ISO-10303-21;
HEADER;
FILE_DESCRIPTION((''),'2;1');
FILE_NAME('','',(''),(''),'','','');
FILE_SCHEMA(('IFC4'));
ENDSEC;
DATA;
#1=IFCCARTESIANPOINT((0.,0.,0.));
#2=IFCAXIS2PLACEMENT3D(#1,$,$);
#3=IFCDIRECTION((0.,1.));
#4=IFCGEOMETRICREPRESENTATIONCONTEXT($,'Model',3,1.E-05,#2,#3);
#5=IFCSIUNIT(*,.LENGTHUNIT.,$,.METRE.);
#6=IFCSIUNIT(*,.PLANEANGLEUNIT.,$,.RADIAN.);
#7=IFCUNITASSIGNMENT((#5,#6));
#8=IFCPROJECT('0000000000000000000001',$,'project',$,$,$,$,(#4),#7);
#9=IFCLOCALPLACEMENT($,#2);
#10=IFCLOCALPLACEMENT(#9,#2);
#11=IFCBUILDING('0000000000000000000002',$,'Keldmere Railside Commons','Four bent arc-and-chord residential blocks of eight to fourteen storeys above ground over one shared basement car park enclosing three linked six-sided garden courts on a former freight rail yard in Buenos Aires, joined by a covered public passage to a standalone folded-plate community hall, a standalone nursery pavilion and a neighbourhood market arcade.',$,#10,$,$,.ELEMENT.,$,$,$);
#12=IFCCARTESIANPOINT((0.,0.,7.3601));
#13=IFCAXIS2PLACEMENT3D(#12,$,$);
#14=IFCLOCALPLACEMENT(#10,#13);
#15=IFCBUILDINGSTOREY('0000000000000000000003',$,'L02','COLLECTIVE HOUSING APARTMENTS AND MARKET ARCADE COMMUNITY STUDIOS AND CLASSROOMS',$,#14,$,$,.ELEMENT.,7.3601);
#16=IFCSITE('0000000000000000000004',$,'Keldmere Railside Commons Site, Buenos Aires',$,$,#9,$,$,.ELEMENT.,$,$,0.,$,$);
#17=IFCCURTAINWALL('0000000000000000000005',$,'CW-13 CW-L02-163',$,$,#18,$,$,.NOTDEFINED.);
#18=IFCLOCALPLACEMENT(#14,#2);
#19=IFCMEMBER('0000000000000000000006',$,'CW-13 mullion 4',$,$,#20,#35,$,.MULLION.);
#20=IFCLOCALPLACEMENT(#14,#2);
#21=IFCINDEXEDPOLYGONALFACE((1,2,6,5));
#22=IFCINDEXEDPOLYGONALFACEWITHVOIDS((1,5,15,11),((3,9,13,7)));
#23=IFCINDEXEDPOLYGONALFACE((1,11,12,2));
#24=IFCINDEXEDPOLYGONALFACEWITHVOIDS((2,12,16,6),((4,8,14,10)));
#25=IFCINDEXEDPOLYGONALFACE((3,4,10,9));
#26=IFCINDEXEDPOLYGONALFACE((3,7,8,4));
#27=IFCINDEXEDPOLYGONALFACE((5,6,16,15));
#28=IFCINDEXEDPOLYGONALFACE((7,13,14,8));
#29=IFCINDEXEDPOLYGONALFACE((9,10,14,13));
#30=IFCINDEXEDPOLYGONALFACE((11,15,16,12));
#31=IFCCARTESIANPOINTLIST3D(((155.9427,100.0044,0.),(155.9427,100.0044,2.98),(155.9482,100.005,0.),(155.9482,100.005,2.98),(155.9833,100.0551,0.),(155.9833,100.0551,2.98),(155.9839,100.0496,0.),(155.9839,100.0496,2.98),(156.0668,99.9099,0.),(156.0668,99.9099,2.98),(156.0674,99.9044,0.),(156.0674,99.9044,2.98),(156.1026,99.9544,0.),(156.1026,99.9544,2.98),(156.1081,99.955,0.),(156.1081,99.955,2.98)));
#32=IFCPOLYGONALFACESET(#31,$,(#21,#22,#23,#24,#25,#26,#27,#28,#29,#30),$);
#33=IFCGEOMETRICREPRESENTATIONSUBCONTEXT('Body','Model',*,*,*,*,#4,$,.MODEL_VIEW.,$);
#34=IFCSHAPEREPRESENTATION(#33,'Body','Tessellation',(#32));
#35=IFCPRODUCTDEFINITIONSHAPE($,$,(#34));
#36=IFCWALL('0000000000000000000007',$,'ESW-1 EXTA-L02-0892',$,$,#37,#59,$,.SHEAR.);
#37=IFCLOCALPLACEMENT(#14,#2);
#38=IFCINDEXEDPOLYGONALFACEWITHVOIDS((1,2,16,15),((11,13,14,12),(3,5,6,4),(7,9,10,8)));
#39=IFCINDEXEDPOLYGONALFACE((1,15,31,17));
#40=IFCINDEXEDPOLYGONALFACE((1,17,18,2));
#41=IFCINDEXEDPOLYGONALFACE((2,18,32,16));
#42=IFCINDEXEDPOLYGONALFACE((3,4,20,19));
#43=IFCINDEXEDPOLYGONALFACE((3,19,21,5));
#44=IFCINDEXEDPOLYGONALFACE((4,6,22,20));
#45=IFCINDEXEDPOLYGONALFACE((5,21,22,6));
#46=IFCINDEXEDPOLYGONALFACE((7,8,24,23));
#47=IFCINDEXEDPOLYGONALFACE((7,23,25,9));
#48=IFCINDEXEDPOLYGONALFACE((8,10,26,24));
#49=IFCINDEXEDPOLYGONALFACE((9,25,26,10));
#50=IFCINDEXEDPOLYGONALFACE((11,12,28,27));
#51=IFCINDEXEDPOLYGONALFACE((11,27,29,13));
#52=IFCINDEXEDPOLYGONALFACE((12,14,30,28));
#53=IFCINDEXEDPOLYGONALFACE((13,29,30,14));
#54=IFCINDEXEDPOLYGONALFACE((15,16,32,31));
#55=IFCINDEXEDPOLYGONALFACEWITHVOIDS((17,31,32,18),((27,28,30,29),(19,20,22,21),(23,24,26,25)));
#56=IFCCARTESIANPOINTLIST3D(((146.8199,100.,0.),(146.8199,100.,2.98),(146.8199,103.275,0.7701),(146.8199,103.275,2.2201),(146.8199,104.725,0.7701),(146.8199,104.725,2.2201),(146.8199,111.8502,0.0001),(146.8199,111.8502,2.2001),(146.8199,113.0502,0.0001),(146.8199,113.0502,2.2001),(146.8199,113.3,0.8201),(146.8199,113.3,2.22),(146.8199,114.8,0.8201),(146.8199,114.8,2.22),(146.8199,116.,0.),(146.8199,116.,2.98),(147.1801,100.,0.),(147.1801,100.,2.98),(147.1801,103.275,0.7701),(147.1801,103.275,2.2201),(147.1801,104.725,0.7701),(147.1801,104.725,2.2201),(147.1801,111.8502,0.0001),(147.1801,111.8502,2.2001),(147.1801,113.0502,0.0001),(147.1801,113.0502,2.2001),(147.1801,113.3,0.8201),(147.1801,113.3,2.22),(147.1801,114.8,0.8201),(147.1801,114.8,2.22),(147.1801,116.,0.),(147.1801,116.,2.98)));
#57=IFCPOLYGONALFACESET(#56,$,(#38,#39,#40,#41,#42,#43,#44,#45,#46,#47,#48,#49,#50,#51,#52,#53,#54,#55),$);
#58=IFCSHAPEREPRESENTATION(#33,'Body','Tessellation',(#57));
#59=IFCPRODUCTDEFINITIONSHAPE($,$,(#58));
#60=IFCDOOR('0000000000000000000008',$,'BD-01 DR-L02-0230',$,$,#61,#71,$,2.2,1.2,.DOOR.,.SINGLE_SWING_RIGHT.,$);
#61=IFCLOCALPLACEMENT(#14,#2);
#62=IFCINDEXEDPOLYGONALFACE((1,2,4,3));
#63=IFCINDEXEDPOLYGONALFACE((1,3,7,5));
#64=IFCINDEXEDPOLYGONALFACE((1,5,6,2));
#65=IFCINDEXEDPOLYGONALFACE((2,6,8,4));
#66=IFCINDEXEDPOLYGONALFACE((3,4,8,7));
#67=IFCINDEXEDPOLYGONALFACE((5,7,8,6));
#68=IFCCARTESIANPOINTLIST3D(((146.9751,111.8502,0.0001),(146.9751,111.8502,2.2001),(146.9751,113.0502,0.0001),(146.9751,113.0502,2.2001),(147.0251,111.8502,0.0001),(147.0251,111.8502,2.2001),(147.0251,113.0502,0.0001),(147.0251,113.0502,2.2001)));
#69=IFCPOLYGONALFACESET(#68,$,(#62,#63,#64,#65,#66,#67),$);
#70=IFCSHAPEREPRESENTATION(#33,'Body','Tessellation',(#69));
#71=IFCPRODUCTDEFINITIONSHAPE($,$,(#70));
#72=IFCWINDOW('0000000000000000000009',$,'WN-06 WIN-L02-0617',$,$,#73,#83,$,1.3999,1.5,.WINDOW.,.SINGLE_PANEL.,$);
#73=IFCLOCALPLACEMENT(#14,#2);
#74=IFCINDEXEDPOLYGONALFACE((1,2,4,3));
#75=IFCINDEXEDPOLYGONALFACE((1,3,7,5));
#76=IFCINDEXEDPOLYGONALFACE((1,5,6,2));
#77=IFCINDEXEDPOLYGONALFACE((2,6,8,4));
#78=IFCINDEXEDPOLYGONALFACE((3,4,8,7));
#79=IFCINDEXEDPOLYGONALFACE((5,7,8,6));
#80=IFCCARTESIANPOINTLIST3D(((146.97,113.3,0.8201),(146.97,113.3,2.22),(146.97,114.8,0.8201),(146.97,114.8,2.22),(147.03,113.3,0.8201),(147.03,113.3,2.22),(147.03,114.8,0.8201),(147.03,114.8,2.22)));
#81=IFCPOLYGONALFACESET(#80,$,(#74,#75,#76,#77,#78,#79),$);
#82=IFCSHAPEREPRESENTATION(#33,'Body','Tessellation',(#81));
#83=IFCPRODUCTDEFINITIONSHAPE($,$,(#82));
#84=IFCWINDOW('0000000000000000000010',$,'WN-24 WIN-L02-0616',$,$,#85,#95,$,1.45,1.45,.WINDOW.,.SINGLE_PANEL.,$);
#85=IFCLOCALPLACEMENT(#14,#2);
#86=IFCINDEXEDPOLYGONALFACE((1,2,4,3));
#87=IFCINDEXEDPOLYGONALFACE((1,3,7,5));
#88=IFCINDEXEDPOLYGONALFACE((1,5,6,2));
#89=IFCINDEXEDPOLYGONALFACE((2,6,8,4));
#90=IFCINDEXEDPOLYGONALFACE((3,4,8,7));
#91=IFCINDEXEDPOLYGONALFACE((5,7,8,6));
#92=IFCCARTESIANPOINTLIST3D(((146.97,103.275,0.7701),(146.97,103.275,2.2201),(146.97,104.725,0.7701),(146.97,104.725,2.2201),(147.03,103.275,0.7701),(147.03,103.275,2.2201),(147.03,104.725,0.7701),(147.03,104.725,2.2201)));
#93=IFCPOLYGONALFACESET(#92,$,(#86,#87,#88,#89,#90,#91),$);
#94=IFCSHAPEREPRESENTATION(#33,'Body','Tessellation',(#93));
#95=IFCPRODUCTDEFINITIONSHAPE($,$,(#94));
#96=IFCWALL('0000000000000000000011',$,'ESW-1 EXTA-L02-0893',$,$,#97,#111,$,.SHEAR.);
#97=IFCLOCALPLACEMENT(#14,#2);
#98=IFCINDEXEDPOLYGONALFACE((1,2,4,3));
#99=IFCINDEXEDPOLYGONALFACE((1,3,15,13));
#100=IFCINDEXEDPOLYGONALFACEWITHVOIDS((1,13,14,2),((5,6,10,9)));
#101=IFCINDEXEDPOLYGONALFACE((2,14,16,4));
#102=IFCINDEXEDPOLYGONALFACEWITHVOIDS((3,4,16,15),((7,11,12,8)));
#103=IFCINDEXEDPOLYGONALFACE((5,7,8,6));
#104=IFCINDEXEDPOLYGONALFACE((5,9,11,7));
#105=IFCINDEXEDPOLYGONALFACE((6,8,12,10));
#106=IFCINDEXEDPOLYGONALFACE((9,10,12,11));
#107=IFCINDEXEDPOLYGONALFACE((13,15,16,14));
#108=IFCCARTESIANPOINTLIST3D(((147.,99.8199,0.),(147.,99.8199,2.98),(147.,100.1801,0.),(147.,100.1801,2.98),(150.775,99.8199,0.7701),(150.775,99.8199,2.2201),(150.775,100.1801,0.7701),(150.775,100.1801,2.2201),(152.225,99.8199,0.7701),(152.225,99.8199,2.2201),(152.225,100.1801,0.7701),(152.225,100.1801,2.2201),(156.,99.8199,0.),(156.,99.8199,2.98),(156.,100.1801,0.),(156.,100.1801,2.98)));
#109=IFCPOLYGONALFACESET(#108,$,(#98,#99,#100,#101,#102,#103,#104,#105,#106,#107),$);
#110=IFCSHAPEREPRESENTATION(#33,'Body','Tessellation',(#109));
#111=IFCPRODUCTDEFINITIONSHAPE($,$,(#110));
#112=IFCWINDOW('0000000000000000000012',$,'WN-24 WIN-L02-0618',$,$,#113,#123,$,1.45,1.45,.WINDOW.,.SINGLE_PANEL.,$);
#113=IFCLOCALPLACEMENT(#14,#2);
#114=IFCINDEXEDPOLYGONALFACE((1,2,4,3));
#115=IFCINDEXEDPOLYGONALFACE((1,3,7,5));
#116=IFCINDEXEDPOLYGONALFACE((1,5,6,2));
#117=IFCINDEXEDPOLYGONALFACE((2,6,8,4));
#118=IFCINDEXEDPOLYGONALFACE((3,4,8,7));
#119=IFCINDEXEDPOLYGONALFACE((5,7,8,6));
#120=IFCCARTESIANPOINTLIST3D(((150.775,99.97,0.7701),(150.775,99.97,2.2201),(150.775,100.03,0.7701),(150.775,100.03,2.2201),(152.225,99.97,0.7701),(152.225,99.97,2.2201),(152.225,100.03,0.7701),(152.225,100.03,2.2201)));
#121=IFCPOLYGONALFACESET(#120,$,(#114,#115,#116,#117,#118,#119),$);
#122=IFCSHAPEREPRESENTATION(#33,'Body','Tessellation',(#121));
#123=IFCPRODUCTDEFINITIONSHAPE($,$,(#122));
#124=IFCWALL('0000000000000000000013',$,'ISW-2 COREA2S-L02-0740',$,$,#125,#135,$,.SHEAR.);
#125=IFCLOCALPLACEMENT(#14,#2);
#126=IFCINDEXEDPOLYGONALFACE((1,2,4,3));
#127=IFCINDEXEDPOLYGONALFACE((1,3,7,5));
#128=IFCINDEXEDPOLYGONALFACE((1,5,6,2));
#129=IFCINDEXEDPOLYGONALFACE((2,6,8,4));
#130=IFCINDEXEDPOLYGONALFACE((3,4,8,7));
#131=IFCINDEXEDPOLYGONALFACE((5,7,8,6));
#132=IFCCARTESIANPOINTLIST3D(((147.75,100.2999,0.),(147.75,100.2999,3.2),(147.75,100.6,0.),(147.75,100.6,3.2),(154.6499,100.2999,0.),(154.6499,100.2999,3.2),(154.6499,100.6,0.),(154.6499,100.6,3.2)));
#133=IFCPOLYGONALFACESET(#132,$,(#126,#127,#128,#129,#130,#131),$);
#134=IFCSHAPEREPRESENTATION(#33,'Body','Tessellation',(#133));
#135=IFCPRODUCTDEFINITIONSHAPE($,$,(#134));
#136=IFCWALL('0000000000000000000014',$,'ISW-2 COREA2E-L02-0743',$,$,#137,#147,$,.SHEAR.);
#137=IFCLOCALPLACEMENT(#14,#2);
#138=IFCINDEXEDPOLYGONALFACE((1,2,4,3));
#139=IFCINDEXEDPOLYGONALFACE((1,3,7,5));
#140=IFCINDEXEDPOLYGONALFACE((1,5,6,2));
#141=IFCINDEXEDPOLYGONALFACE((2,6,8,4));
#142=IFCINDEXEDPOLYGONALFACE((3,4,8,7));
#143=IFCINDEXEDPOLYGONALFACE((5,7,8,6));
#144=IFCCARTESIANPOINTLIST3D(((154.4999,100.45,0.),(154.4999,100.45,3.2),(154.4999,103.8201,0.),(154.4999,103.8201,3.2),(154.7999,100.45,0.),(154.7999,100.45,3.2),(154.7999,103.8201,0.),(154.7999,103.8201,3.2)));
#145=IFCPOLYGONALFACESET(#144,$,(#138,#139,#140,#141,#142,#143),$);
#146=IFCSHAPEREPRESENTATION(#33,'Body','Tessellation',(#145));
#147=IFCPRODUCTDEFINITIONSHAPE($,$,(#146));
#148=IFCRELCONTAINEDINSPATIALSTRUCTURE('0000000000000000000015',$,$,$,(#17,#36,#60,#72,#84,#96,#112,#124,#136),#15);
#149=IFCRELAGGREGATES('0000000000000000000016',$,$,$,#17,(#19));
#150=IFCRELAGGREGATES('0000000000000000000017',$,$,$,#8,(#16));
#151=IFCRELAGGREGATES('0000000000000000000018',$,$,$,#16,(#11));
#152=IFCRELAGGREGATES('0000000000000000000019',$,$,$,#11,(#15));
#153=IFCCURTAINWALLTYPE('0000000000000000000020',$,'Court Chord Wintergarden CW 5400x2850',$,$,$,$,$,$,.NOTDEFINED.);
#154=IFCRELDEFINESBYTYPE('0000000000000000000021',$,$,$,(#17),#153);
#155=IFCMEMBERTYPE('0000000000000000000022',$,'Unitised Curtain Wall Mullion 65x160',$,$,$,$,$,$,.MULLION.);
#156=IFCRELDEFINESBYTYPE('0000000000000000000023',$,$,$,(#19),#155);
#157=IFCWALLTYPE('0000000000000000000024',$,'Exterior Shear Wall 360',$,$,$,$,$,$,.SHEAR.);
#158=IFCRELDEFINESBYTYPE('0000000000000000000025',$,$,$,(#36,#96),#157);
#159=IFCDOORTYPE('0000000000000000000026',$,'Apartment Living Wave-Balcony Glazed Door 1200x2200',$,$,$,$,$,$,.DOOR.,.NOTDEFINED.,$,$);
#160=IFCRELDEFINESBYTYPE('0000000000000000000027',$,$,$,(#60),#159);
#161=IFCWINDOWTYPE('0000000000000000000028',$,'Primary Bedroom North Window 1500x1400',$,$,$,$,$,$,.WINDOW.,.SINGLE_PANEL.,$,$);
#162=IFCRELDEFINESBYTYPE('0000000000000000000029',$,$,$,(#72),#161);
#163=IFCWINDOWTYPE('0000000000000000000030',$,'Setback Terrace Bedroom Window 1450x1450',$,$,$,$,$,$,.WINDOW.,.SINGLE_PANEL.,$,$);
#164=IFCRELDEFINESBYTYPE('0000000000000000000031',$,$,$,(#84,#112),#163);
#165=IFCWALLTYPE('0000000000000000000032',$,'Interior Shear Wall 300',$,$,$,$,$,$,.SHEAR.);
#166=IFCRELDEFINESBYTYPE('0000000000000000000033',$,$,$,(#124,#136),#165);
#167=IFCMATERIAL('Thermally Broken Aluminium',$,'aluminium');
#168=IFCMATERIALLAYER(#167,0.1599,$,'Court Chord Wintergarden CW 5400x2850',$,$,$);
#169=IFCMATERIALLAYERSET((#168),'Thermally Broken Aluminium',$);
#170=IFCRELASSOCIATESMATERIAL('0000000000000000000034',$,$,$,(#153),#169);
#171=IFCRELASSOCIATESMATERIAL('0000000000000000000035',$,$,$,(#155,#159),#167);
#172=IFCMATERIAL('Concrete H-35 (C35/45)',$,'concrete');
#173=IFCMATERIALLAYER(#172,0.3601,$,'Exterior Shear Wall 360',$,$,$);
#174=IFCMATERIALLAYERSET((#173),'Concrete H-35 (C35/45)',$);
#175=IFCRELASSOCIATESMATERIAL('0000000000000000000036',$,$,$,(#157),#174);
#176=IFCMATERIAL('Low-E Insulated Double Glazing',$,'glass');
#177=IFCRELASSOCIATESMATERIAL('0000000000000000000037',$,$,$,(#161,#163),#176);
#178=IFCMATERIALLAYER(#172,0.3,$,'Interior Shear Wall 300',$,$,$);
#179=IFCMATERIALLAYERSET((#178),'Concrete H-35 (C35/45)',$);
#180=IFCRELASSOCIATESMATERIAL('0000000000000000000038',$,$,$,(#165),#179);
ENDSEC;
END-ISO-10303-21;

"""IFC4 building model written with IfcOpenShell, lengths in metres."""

from ifc_helpers import new_model, si_unit, direction, frame, frame_2d, origin, origin_2d, place, context, subcontext, project, spatial, rectangle, hollow_rectangle, extrude, material, layer, layer_set, material_profile, profile_set, type_object, element, fill, aggregate, save


model = new_model("IFC4")

# Units and contexts
model_context = context("Model", 3, precision=1e-05, world=origin(), true_north=direction((0.0, 1.0)))
body_context = subcontext(model_context, "Body", "Model", "MODEL_VIEW")
ifc_project = project(units=[si_unit("LENGTHUNIT", "METRE"), si_unit("PLANEANGLEUNIT", "RADIAN")], contexts=[model_context])

# Site, building, storey
site_placement = place(None, origin())
site = spatial("IfcSite", under=ifc_project, at=site_placement, Name="Keldmere Railside Commons Site, Buenos Aires", CompositionType="ELEMENT", RefElevation=0.0)
building_placement = place(site_placement, origin())
building = spatial("IfcBuilding", under=site, at=building_placement, Name="Keldmere Railside Commons", Description="Four bent arc-and-chord residential blocks of eight to fourteen storeys above ground over one shared basement car park enclosing three linked six-sided garden courts on a former freight rail yard in Buenos Aires, joined by a covered public passage to a standalone folded-plate community hall, a standalone nursery pavilion and a neighbourhood market arcade.", CompositionType="ELEMENT")
storey_placement = place(building_placement, frame((0.0, 0.0, 7.3601)))
storey = spatial("IfcBuildingStorey", under=building, at=storey_placement, Name="L02", Description="COLLECTIVE HOUSING APARTMENTS AND MARKET ARCADE COMMUNITY STUDIOS AND CLASSROOMS", CompositionType="ELEMENT", Elevation=7.3601)

# Curtain wall, member
ifc_material_1 = material(Name="Thermally Broken Aluminium", Category="aluminium")
ifc_layer_1 = layer(ifc_material_1, 0.1599, Name="Court Chord Wintergarden CW 5400x2850")
ifc_layer_set_1 = layer_set([ifc_layer_1], Name="Thermally Broken Aluminium")
curtain_wall_type = type_object("IfcCurtainWallType", Name="Court Chord Wintergarden CW 5400x2850", PredefinedType="NOTDEFINED", material=ifc_layer_set_1)
curtain_wall_placement = place(storey_placement, origin())
curtain_wall = element("IfcCurtainWall", 1, at=curtain_wall_placement, inside=storey, type_object=curtain_wall_type, Name="CW-13 CW-L02-163", PredefinedType="NOTDEFINED")
ifc_material_profile = material_profile(ifc_material_1, hollow_rectangle(XDim=0.0649, YDim=0.1599, WallThickness=0.0039, at=origin_2d()), Name="ALU-MULL-65x160")
ifc_profile_set = profile_set([ifc_material_profile], Name="Thermally Broken Aluminium")
member_type = type_object("IfcMemberType", Name="Unitised Curtain Wall Mullion 65x160", PredefinedType="MULLION", material=ifc_profile_set)
member_placement = place(storey_placement, frame((156.0254, 99.9797, 0.0), z_axis=(0.0, 0.0, 1.0), x_axis=(-0.625768, -0.780009, 0.0)))
member = element("IfcMember", 2, at=member_placement, type_object=member_type, Name="CW-13 mullion 4", PredefinedType="MULLION", context=body_context, shape_type="SweptSolid", body=[
    extrude(hollow_rectangle(XDim=0.0649, YDim=0.1599, WallThickness=0.0039, at=origin_2d()), origin(), (0.0, 0.0, 1.0), 2.98),
])
aggregate(curtain_wall, [member])

# Wall, openings, door, windows
ifc_material_2 = material(Name="Concrete H-35 (C35/45)", Category="concrete")
ifc_layer_2 = layer(ifc_material_2, 0.3601, Name="Exterior Shear Wall 360")
ifc_layer_set_2 = layer_set([ifc_layer_2], Name="Concrete H-35 (C35/45)")
wall_type_1 = type_object("IfcWallType", Name="Exterior Shear Wall 360", PredefinedType="SHEAR", material=ifc_layer_set_2)
wall_1_placement = place(storey_placement, frame((147.0, 100.0, 0.0), z_axis=(0.0, 0.0, 1.0), x_axis=(0.0, 1.0, 0.0)))
wall_1 = element("IfcWall", 3, at=wall_1_placement, inside=storey, type_object=wall_type_1, Name="ESW-1 EXTA-L02-0892", PredefinedType="SHEAR", context=body_context, shape_type="SweptSolid", body=[
    extrude(rectangle(XDim=16.0, YDim=0.3601, at=frame_2d((8.0, 0.0))), origin(), (0.0, 0.0, 1.0), 2.98),
])
opening_1_placement = place(wall_1_placement, frame((3.2749, 0.0, 0.77)))
opening_1 = element("IfcOpeningElement", 4, at=opening_1_placement, cuts=wall_1, PredefinedType="OPENING", context=body_context, shape_type="SweptSolid", body=[
    extrude(rectangle(XDim=1.45, YDim=1.45, at=frame_2d((0.7251, 0.7251))), frame((0.0, 0.1899, 0.0), z_axis=(0.0, -1.0, 0.0), x_axis=(1.0, 0.0, 0.0)), (0.0, 0.0, 1.0), 0.3801),
])
opening_2_placement = place(wall_1_placement, frame((11.8501, 0.0, 0.0)))
opening_2 = element("IfcOpeningElement", 5, at=opening_2_placement, cuts=wall_1, PredefinedType="OPENING", context=body_context, shape_type="SweptSolid", body=[
    extrude(rectangle(XDim=1.2, YDim=2.2, at=frame_2d((0.6001, 1.1001))), frame((0.0, 0.1899, 0.0), z_axis=(0.0, -1.0, 0.0), x_axis=(1.0, 0.0, 0.0)), (0.0, 0.0, 1.0), 0.3801),
])
opening_3_placement = place(wall_1_placement, frame((13.3, 0.0, 0.8201)))
opening_3 = element("IfcOpeningElement", 6, at=opening_3_placement, cuts=wall_1, PredefinedType="OPENING", context=body_context, shape_type="SweptSolid", body=[
    extrude(rectangle(XDim=1.5, YDim=1.3999, at=frame_2d((0.75, 0.7))), frame((0.0, 0.1899, 0.0), z_axis=(0.0, -1.0, 0.0), x_axis=(1.0, 0.0, 0.0)), (0.0, 0.0, 1.0), 0.3801),
])
door_type = type_object("IfcDoorType", Name="Apartment Living Wave-Balcony Glazed Door 1200x2200", OperationType="NOTDEFINED", PredefinedType="DOOR", material=ifc_material_1)
door_placement = place(opening_2_placement, origin())
door = element("IfcDoor", 7, at=door_placement, inside=storey, type_object=door_type, Name="BD-01 DR-L02-0230", OperationType="SINGLE_SWING_RIGHT", OverallHeight=2.2, OverallWidth=1.2, PredefinedType="DOOR", context=body_context, shape_type="SweptSolid", body=[
    extrude(rectangle(XDim=1.2, YDim=2.2, at=frame_2d((0.6001, 1.1001))), frame((0.0, 0.0249, 0.0), z_axis=(0.0, -1.0, 0.0), x_axis=(1.0, 0.0, 0.0)), (0.0, 0.0, 1.0), 0.05),
])
fill(opening_2, door)
ifc_material_3 = material(Name="Low-E Insulated Double Glazing", Category="glass")
window_type_1 = type_object("IfcWindowType", Name="Primary Bedroom North Window 1500x1400", PartitioningType="SINGLE_PANEL", PredefinedType="WINDOW", material=ifc_material_3)
window_1_placement = place(opening_3_placement, origin())
window_1 = element("IfcWindow", 8, at=window_1_placement, inside=storey, type_object=window_type_1, Name="WN-06 WIN-L02-0617", OverallHeight=1.3999, OverallWidth=1.5, PartitioningType="SINGLE_PANEL", PredefinedType="WINDOW", context=body_context, shape_type="SweptSolid", body=[
    extrude(rectangle(XDim=1.5, YDim=1.3999, at=frame_2d((0.75, 0.7))), frame((0.0, 0.03, 0.0), z_axis=(0.0, -1.0, 0.0), x_axis=(1.0, 0.0, 0.0)), (0.0, 0.0, 1.0), 0.0601),
])
fill(opening_3, window_1)
window_type_2 = type_object("IfcWindowType", Name="Setback Terrace Bedroom Window 1450x1450", PartitioningType="SINGLE_PANEL", PredefinedType="WINDOW", material=ifc_material_3)
window_2_placement = place(opening_1_placement, origin())
window_2 = element("IfcWindow", 9, at=window_2_placement, inside=storey, type_object=window_type_2, Name="WN-24 WIN-L02-0616", OverallHeight=1.45, OverallWidth=1.45, PartitioningType="SINGLE_PANEL", PredefinedType="WINDOW", context=body_context, shape_type="SweptSolid", body=[
    extrude(rectangle(XDim=1.45, YDim=1.45, at=frame_2d((0.7251, 0.7251))), frame((0.0, 0.03, 0.0), z_axis=(0.0, -1.0, 0.0), x_axis=(1.0, 0.0, 0.0)), (0.0, 0.0, 1.0), 0.0601),
])
fill(opening_1, window_2)

# Wall, opening, window
wall_2_placement = place(storey_placement, frame((156.0, 100.0, 0.0), z_axis=(0.0, 0.0, 1.0), x_axis=(-1.0, 0.0, 0.0)))
wall_2 = element("IfcWall", 10, at=wall_2_placement, inside=storey, type_object=wall_type_1, Name="ESW-1 EXTA-L02-0893", PredefinedType="SHEAR", context=body_context, shape_type="SweptSolid", body=[
    extrude(rectangle(XDim=9.0, YDim=0.3601, at=frame_2d((4.5, 0.0))), origin(), (0.0, 0.0, 1.0), 2.98),
])
opening_4_placement = place(wall_2_placement, frame((3.7749, 0.0, 0.77)))
opening_4 = element("IfcOpeningElement", 11, at=opening_4_placement, cuts=wall_2, PredefinedType="OPENING", context=body_context, shape_type="SweptSolid", body=[
    extrude(rectangle(XDim=1.45, YDim=1.45, at=frame_2d((0.7251, 0.7251))), frame((0.0, 0.1899, 0.0), z_axis=(0.0, -1.0, 0.0), x_axis=(1.0, 0.0, 0.0)), (0.0, 0.0, 1.0), 0.3801),
])
window_3_placement = place(opening_4_placement, origin())
window_3 = element("IfcWindow", 12, at=window_3_placement, inside=storey, type_object=window_type_2, Name="WN-24 WIN-L02-0618", OverallHeight=1.45, OverallWidth=1.45, PartitioningType="SINGLE_PANEL", PredefinedType="WINDOW", context=body_context, shape_type="SweptSolid", body=[
    extrude(rectangle(XDim=1.45, YDim=1.45, at=frame_2d((0.7251, 0.7251))), frame((0.0, 0.03, 0.0), z_axis=(0.0, -1.0, 0.0), x_axis=(1.0, 0.0, 0.0)), (0.0, 0.0, 1.0), 0.0601),
])
fill(opening_4, window_3)

# Walls
ifc_layer_3 = layer(ifc_material_2, 0.3, Name="Interior Shear Wall 300")
ifc_layer_set_3 = layer_set([ifc_layer_3], Name="Concrete H-35 (C35/45)")
wall_type_2 = type_object("IfcWallType", Name="Interior Shear Wall 300", PredefinedType="SHEAR", material=ifc_layer_set_3)
wall_3_placement = place(storey_placement, frame((147.75, 100.45, 0.0), z_axis=(0.0, 0.0, 1.0), x_axis=(1.0, 0.0, 0.0)))
element("IfcWall", 13, at=wall_3_placement, inside=storey, type_object=wall_type_2, Name="ISW-2 COREA2S-L02-0740", PredefinedType="SHEAR", context=body_context, shape_type="SweptSolid", body=[
    extrude(rectangle(XDim=6.8999, YDim=0.3, at=frame_2d((3.45, 0.0))), origin(), (0.0, 0.0, 1.0), 3.2),
])
wall_4_placement = place(storey_placement, frame((154.6499, 100.45, 0.0), z_axis=(0.0, 0.0, 1.0), x_axis=(0.0, 1.0, 0.0)))
element("IfcWall", 14, at=wall_4_placement, inside=storey, type_object=wall_type_2, Name="ISW-2 COREA2E-L02-0743", PredefinedType="SHEAR", context=body_context, shape_type="SweptSolid", body=[
    extrude(rectangle(XDim=3.3701, YDim=0.3, at=frame_2d((1.6851, 0.0))), origin(), (0.0, 0.0, 1.0), 3.2),
])

save(model, "model.ifc")
